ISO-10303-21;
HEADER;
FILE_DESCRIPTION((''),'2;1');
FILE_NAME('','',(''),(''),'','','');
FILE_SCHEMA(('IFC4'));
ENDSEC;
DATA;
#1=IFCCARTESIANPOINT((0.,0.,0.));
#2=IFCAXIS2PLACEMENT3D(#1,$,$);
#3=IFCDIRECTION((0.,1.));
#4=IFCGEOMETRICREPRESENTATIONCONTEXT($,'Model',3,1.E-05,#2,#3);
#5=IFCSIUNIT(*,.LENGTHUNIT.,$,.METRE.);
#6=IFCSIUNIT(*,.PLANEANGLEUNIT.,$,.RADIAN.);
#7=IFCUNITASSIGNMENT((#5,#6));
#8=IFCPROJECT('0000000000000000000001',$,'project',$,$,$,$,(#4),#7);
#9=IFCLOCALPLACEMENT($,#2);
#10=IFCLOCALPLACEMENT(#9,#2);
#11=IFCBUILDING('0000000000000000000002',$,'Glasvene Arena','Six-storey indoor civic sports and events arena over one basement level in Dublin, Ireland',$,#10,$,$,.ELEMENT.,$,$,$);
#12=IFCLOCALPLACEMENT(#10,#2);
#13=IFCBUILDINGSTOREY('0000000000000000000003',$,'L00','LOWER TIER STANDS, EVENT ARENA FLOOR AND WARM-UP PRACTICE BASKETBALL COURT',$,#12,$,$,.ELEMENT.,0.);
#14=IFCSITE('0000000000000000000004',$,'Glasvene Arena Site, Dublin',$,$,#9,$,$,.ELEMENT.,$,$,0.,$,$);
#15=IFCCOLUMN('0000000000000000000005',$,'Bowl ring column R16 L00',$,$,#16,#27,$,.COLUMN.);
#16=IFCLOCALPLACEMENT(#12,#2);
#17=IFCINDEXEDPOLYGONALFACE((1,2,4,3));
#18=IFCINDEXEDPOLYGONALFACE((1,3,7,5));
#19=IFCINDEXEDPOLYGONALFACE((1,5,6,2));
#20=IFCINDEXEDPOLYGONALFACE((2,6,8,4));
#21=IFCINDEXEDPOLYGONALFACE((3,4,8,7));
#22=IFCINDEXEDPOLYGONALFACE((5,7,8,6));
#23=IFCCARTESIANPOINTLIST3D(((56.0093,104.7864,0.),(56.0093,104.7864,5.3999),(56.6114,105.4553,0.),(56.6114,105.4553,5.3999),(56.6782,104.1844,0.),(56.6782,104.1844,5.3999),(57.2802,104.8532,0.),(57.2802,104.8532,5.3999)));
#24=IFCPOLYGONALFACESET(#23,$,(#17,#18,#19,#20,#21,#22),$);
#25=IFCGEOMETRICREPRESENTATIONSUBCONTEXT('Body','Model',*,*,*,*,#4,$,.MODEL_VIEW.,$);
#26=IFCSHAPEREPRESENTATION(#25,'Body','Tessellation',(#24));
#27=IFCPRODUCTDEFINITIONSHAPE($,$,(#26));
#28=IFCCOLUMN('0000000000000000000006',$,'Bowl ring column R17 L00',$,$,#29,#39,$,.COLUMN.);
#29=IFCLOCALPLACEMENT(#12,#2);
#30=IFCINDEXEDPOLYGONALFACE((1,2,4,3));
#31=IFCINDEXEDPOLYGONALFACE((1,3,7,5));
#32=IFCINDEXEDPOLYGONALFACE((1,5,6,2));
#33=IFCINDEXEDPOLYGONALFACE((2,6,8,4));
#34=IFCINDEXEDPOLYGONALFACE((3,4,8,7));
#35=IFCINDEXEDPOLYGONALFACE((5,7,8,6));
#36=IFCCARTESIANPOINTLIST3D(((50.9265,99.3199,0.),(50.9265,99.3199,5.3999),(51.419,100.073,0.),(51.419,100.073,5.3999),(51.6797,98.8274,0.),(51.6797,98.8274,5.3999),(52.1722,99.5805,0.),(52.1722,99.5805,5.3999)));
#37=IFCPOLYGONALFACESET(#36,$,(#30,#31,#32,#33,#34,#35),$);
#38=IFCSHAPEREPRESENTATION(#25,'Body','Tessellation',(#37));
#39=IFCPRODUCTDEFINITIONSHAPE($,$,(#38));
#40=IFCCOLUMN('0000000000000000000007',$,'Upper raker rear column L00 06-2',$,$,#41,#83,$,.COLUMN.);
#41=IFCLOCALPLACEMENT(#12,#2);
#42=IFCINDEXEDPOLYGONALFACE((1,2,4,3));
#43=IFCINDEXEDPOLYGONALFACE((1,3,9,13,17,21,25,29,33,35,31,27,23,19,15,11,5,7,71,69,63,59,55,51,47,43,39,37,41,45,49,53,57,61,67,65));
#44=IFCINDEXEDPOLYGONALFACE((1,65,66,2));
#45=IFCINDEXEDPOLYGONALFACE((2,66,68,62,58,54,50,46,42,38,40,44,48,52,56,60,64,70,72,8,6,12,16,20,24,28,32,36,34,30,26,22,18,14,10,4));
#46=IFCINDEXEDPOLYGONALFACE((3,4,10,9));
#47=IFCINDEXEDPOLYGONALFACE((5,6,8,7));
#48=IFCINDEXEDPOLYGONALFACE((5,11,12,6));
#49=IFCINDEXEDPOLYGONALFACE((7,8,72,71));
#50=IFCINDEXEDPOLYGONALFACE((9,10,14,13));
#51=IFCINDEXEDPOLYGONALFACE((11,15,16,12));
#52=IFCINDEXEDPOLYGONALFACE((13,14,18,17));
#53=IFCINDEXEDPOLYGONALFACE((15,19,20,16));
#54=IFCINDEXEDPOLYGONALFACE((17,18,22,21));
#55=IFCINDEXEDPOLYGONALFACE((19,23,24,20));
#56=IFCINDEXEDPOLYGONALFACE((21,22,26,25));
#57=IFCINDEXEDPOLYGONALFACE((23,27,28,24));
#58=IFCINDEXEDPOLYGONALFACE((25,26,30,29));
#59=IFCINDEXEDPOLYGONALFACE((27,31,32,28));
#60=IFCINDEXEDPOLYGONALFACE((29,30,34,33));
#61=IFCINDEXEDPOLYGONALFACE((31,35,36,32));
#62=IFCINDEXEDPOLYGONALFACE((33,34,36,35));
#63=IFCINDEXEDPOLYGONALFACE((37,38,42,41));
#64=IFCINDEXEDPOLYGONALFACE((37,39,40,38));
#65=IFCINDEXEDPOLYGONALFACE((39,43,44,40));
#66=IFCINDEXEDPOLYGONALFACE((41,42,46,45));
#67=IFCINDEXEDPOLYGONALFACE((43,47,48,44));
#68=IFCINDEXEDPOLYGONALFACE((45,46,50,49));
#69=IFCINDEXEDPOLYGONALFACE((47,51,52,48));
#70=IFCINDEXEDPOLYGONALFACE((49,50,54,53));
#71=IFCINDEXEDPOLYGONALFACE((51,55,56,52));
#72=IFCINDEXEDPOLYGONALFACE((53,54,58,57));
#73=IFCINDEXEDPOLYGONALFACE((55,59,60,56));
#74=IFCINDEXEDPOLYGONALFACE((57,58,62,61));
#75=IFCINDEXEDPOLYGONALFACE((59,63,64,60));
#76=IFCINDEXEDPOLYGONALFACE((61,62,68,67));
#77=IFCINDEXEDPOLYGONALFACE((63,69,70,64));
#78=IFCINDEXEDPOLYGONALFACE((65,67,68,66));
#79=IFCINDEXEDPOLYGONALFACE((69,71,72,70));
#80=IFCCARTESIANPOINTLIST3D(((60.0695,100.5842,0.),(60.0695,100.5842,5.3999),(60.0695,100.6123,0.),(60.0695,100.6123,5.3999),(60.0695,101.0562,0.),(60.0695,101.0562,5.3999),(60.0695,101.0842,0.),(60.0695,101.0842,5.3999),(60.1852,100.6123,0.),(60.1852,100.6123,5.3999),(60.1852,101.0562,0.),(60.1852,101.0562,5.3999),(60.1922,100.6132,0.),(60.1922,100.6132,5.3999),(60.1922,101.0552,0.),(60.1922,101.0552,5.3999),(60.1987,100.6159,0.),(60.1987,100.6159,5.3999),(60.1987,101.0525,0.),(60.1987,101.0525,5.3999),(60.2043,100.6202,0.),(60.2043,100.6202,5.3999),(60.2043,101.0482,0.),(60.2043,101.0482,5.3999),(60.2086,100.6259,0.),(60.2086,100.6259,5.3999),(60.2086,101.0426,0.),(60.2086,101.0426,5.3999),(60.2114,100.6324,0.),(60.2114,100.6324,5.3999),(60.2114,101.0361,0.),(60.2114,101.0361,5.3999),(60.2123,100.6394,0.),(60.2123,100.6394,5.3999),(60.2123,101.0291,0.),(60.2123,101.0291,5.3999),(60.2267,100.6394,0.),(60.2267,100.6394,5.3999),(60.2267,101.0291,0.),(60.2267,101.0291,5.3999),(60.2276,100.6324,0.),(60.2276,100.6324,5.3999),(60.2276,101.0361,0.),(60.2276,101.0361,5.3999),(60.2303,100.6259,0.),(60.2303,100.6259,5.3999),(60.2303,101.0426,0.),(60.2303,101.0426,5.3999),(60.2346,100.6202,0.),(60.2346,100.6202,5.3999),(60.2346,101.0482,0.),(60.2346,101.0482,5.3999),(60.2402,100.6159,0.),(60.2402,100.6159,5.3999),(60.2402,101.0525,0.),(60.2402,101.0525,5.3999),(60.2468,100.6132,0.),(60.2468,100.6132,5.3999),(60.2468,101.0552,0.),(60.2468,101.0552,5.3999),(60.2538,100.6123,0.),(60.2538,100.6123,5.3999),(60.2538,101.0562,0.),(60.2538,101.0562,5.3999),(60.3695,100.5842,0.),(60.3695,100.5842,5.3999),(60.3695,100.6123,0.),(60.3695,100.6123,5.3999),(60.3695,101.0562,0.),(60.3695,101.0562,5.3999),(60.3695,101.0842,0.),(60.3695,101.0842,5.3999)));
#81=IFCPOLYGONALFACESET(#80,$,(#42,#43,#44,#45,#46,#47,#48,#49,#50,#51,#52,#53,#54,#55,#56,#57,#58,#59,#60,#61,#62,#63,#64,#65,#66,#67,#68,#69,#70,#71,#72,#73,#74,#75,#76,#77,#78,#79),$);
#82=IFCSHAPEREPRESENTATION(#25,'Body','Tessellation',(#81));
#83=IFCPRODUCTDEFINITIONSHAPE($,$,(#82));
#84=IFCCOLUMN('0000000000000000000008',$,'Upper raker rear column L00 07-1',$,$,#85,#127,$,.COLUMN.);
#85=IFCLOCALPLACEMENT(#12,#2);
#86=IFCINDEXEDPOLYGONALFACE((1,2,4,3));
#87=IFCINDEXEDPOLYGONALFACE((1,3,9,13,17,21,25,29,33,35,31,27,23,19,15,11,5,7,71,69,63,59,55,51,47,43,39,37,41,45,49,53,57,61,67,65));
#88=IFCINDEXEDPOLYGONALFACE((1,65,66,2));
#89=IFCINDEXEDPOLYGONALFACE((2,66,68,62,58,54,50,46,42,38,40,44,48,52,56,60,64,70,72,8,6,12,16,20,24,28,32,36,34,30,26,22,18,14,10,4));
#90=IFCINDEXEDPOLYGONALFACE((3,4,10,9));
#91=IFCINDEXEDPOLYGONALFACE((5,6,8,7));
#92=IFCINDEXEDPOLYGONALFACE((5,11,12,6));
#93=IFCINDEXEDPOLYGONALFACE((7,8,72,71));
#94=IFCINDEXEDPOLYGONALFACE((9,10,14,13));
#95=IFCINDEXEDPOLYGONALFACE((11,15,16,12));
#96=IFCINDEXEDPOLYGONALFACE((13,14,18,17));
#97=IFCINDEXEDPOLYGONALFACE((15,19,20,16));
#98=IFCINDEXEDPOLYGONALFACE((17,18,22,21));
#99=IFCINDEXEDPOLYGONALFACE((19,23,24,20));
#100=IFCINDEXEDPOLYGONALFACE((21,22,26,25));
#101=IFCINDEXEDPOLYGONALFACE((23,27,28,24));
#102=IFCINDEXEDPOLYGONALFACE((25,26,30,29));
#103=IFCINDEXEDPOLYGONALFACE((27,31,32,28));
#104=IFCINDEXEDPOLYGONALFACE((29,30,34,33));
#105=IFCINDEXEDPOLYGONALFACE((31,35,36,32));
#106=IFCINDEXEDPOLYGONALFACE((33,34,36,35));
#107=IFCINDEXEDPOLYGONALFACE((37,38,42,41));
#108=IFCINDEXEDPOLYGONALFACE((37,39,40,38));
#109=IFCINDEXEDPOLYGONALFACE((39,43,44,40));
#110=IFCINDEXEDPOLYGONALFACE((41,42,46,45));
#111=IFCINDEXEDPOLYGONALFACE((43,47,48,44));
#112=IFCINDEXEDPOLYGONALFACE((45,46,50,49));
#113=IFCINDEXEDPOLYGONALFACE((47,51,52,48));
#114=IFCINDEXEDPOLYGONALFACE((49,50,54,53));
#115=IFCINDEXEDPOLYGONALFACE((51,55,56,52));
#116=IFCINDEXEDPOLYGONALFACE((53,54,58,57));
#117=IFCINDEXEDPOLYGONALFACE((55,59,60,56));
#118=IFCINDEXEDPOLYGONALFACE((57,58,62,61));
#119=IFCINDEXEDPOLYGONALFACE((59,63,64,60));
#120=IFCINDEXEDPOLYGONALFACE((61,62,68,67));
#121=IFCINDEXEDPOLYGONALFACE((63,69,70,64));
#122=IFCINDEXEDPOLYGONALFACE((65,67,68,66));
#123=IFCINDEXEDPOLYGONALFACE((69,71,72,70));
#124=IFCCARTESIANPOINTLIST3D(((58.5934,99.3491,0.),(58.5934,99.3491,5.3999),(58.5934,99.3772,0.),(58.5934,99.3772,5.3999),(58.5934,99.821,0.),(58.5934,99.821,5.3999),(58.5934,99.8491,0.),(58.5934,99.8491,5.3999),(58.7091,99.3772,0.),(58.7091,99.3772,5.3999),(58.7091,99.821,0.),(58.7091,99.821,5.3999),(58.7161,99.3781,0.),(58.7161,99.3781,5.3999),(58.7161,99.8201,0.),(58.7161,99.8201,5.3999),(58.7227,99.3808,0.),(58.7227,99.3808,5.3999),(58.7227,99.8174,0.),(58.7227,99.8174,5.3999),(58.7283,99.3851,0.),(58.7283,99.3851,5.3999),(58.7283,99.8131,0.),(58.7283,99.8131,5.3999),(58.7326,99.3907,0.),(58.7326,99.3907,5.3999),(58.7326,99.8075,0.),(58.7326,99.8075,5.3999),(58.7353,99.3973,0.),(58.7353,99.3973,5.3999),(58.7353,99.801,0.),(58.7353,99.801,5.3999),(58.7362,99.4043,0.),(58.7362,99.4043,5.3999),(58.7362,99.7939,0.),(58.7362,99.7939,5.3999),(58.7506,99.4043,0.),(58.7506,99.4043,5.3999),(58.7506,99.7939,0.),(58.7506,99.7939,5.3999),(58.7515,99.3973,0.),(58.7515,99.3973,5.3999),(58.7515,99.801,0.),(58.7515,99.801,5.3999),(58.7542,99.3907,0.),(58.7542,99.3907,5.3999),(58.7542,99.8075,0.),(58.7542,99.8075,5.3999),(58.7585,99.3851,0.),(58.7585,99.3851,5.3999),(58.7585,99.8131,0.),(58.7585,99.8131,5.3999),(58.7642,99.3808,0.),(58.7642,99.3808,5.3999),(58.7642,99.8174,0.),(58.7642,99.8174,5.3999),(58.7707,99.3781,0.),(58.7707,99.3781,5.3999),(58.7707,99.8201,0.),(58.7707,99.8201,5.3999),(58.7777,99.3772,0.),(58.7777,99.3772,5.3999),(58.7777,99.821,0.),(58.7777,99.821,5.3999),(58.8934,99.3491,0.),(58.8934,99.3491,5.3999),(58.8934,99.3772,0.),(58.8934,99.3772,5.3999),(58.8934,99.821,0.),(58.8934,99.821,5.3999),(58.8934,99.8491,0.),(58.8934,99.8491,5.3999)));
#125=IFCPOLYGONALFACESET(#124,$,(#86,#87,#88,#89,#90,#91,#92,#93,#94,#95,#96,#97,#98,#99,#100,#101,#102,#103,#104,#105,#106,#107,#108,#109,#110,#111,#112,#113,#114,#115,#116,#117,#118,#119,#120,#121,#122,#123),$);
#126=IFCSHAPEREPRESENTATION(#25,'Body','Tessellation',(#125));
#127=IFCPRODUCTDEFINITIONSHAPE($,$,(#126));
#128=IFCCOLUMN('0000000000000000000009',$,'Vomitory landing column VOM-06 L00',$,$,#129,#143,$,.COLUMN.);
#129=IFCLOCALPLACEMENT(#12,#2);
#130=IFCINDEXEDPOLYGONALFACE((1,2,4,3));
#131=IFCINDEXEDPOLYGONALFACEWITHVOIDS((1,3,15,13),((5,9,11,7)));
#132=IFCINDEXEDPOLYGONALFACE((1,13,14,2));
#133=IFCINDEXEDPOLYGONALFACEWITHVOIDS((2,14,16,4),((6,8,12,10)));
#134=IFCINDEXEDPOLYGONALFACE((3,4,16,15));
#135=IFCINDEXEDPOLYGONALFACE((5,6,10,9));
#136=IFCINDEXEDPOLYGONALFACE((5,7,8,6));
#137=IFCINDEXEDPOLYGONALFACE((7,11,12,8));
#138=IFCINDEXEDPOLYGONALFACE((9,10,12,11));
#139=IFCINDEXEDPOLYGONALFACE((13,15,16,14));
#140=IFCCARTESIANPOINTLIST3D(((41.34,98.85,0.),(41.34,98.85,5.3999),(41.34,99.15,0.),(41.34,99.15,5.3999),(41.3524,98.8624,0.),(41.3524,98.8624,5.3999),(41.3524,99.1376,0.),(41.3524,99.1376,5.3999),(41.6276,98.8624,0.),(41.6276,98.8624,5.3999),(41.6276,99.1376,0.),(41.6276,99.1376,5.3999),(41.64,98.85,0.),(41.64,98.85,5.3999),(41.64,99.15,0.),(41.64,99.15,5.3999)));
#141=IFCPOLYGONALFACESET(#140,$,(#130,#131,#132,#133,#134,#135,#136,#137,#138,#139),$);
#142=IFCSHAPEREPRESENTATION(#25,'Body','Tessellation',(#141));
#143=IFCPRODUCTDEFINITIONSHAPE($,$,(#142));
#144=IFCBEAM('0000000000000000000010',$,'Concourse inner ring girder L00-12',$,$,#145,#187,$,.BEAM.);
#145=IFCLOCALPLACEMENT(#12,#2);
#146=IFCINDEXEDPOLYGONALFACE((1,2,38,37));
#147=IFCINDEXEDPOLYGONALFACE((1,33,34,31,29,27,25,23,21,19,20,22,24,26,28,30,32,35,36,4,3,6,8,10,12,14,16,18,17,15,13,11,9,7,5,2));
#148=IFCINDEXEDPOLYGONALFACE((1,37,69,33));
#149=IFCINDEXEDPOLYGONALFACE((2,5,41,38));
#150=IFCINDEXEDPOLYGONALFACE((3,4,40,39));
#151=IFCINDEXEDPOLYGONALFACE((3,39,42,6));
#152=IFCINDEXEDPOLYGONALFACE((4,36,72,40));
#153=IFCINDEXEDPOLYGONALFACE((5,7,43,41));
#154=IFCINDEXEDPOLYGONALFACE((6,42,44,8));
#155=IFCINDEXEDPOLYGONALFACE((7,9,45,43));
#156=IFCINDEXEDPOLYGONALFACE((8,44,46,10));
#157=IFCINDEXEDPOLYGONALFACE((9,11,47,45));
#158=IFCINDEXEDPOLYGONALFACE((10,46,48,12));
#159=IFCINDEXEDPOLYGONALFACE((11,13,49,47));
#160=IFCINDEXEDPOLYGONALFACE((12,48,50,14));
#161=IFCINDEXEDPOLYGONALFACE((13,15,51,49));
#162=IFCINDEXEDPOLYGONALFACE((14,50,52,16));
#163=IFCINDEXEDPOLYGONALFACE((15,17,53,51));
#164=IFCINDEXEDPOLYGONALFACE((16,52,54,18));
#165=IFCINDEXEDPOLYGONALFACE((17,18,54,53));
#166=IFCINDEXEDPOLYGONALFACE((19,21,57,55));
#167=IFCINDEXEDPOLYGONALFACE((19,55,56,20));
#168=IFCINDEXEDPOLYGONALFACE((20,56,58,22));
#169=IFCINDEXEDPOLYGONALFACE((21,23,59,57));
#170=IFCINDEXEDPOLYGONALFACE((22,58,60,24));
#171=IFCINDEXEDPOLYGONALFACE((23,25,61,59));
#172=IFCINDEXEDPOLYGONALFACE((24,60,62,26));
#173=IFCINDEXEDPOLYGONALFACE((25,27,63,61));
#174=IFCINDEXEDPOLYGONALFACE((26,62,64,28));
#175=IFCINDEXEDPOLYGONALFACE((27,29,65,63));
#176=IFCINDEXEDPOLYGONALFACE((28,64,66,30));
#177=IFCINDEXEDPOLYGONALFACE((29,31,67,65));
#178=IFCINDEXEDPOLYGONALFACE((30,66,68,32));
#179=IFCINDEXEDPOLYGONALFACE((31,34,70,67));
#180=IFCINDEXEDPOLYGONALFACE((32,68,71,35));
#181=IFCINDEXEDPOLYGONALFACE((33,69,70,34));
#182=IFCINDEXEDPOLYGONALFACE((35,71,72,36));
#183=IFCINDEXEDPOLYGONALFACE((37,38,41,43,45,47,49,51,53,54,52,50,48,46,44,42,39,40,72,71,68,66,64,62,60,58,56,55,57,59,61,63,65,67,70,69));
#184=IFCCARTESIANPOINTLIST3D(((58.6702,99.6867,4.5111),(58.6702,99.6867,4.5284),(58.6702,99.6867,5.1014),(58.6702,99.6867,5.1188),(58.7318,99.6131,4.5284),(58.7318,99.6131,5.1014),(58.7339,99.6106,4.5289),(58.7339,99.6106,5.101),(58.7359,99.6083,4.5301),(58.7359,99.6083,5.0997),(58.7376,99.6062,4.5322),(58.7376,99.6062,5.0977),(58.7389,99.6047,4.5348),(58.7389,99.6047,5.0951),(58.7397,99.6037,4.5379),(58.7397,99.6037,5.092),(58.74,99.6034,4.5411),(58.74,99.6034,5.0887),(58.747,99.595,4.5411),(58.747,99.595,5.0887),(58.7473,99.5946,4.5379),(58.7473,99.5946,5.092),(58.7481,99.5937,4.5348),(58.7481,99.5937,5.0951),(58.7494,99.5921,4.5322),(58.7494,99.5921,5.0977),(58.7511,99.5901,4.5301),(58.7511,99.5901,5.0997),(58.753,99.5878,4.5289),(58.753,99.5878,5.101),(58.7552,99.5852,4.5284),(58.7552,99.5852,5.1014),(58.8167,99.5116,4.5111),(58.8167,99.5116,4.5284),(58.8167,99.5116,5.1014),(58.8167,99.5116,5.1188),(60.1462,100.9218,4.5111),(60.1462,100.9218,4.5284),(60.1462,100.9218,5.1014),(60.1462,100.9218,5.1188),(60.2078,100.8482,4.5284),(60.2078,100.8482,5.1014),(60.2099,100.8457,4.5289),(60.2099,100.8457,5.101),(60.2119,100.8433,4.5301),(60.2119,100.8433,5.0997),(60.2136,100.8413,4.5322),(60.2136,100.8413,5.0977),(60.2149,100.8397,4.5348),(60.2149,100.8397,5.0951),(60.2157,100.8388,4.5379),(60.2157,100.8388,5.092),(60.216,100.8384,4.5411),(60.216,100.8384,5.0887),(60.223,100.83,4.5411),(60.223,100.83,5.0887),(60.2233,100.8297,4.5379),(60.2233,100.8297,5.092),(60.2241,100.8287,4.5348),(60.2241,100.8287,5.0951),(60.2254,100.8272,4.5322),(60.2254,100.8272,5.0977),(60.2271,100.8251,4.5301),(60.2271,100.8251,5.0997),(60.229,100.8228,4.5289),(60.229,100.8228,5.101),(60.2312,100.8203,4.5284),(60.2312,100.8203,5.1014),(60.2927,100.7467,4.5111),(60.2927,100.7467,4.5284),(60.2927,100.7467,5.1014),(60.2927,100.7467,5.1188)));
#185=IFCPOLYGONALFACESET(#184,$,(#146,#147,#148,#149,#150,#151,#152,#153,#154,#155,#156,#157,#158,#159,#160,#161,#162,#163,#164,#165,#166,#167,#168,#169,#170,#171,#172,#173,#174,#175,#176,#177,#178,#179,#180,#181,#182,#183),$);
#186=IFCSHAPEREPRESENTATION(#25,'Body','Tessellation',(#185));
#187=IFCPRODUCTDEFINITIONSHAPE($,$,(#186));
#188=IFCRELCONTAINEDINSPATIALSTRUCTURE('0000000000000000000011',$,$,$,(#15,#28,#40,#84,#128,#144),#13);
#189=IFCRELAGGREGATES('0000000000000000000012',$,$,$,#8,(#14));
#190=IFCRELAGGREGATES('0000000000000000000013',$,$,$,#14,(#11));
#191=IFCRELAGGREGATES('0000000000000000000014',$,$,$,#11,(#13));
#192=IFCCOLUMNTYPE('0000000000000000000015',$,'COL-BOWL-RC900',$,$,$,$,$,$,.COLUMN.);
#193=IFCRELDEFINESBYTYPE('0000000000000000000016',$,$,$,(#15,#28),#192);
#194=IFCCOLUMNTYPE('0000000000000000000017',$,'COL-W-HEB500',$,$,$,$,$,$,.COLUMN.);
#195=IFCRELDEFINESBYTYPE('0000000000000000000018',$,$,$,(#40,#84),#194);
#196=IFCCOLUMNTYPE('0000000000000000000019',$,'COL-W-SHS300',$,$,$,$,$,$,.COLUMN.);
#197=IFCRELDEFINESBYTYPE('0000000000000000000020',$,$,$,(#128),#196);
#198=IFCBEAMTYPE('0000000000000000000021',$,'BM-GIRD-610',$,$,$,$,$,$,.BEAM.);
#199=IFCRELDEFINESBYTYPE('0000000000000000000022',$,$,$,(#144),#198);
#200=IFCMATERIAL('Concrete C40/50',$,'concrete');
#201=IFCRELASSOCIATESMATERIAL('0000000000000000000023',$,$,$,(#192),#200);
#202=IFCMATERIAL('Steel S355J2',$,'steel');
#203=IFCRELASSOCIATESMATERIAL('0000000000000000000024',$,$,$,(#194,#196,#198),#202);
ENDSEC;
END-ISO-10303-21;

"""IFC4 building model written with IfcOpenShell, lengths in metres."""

from ifc_helpers import new_model, si_unit, direction, frame, origin, origin_2d, place, context, subcontext, project, spatial, rectangle, hollow_rectangle, i_section, extrude, material, material_profile, profile_set, type_object, element, save


model = new_model("IFC4")

# Units and contexts
model_context = context("Model", 3, precision=1e-05, world=origin(), true_north=direction((0.0, 1.0)))
body_context = subcontext(model_context, "Body", "Model", "MODEL_VIEW")
ifc_project = project(units=[si_unit("LENGTHUNIT", "METRE"), si_unit("PLANEANGLEUNIT", "RADIAN")], contexts=[model_context])

# Site, building, storey
site_placement = place(None, origin())
site = spatial("IfcSite", under=ifc_project, at=site_placement, Name="Glasvene Arena Site, Dublin", CompositionType="ELEMENT", RefElevation=0.0)
building_placement = place(site_placement, origin())
building = spatial("IfcBuilding", under=site, at=building_placement, Name="Glasvene Arena", Description="Six-storey indoor civic sports and events arena over one basement level in Dublin, Ireland", CompositionType="ELEMENT")
storey_placement = place(building_placement, origin())
storey = spatial("IfcBuildingStorey", under=building, at=storey_placement, Name="L00", Description="LOWER TIER STANDS, EVENT ARENA FLOOR AND WARM-UP PRACTICE BASKETBALL COURT", CompositionType="ELEMENT", Elevation=0.0)

# Columns
ifc_material_1 = material(Name="Concrete C40/50", Category="concrete")
ifc_material_profile_1 = material_profile(ifc_material_1, rectangle(XDim=0.8999, YDim=0.8999, at=origin_2d()), Name="RC 900x900")
ifc_profile_set_1 = profile_set([ifc_material_profile_1], Name="Concrete C40/50")
column_type_1 = type_object("IfcColumnType", Name="COL-BOWL-RC900", PredefinedType="COLUMN", material=ifc_profile_set_1)
for number, where, z_axis, x_axis, name in (
    (1, (56.6448, 104.8198, 0.0), (0.0, 0.0, 1.0), (-0.743262, 0.669001, 0.0), "Bowl ring column R16 L00"),
    (2, (51.5493, 99.4502, 0.0), (0.0, 0.0, 1.0), (-0.836955, 0.547271, 0.0), "Bowl ring column R17 L00"),
):
    element("IfcColumn", number, at=place(storey_placement, frame(where, z_axis=z_axis, x_axis=x_axis)), inside=storey, type_object=column_type_1, Name=name, PredefinedType="COLUMN", context=body_context, shape_type="SweptSolid", body=[
        extrude(rectangle(XDim=0.8999, YDim=0.8999, at=origin_2d()), origin(), (0.0, 0.0, 1.0), 5.3999),
    ])
ifc_material_2 = material(Name="Steel S355J2", Category="steel")
ifc_material_profile_2 = material_profile(ifc_material_2, i_section(OverallWidth=0.3, OverallDepth=0.5, WebThickness=0.0144, FlangeThickness=0.0281, FilletRadius=0.0271, at=origin_2d()), Name="HEB 500")
ifc_profile_set_2 = profile_set([ifc_material_profile_2], Name="Steel S355J2")
column_type_2 = type_object("IfcColumnType", Name="COL-W-HEB500", PredefinedType="COLUMN", material=ifc_profile_set_2)
for number, where, z_axis, x_axis, name in (
    (3, (60.2195, 100.8342, 0.0), (0.0, 0.0, 1.0), (1.0, 0.0, 0.0), "Upper raker rear column L00 06-2"),
    (4, (58.7434, 99.5991, 0.0), (0.0, 0.0, 1.0), (1.0, 0.0, 0.0), "Upper raker rear column L00 07-1"),
):
    element("IfcColumn", number, at=place(storey_placement, frame(where, z_axis=z_axis, x_axis=x_axis)), inside=storey, type_object=column_type_2, Name=name, PredefinedType="COLUMN", context=body_context, shape_type="SweptSolid", body=[
        extrude(i_section(OverallWidth=0.3, OverallDepth=0.5, WebThickness=0.0144, FlangeThickness=0.0281, FilletRadius=0.0271, at=origin_2d()), origin(), (0.0, 0.0, 1.0), 5.3999),
    ])
ifc_material_profile_3 = material_profile(ifc_material_2, hollow_rectangle(XDim=0.3, YDim=0.3, WallThickness=0.0125, at=origin_2d()), Name="SHS 300x300x12.5")
ifc_profile_set_3 = profile_set([ifc_material_profile_3], Name="Steel S355J2")
column_type_3 = type_object("IfcColumnType", Name="COL-W-SHS300", PredefinedType="COLUMN", material=ifc_profile_set_3)
column_placement = place(storey_placement, frame((41.49, 99.0, 0.0), z_axis=(0.0, 0.0, 1.0), x_axis=(1.0, 0.0, 0.0)))
element("IfcColumn", 5, at=column_placement, inside=storey, type_object=column_type_3, Name="Vomitory landing column VOM-06 L00", PredefinedType="COLUMN", context=body_context, shape_type="SweptSolid", body=[
    extrude(hollow_rectangle(XDim=0.3, YDim=0.3, WallThickness=0.0125, at=origin_2d()), origin(), (0.0, 0.0, 1.0), 5.3999),
])

# Beam
ifc_material_profile_4 = material_profile(ifc_material_2, i_section(OverallWidth=0.2283, OverallDepth=0.6077, WebThickness=0.011, FlangeThickness=0.0173, FilletRadius=0.0127, at=origin_2d()), Name="UKB 610x229x113")
ifc_profile_set_4 = profile_set([ifc_material_profile_4], Name="Steel S355J2")
beam_type_1 = type_object("IfcBeamType", Name="BM-GIRD-610", PredefinedType="BEAM", material=ifc_profile_set_4)
beam_1_placement = place(storey_placement, frame((60.2195, 100.8342, 4.8149), z_axis=(-0.76693, -0.64173, 0.0), x_axis=(0.64173, -0.76693, 0.0)))
element("IfcBeam", 6, at=beam_1_placement, inside=storey, type_object=beam_type_1, Name="Concourse inner ring girder L00-12", PredefinedType="BEAM", context=body_context, shape_type="SweptSolid", body=[
    extrude(i_section(OverallWidth=0.2283, OverallDepth=0.6077, WebThickness=0.011, FlangeThickness=0.0173, FilletRadius=0.0127, at=origin_2d()), origin(), (0.0, 0.0, 1.0), 1.9246),
])

save(model, "model.ifc")
